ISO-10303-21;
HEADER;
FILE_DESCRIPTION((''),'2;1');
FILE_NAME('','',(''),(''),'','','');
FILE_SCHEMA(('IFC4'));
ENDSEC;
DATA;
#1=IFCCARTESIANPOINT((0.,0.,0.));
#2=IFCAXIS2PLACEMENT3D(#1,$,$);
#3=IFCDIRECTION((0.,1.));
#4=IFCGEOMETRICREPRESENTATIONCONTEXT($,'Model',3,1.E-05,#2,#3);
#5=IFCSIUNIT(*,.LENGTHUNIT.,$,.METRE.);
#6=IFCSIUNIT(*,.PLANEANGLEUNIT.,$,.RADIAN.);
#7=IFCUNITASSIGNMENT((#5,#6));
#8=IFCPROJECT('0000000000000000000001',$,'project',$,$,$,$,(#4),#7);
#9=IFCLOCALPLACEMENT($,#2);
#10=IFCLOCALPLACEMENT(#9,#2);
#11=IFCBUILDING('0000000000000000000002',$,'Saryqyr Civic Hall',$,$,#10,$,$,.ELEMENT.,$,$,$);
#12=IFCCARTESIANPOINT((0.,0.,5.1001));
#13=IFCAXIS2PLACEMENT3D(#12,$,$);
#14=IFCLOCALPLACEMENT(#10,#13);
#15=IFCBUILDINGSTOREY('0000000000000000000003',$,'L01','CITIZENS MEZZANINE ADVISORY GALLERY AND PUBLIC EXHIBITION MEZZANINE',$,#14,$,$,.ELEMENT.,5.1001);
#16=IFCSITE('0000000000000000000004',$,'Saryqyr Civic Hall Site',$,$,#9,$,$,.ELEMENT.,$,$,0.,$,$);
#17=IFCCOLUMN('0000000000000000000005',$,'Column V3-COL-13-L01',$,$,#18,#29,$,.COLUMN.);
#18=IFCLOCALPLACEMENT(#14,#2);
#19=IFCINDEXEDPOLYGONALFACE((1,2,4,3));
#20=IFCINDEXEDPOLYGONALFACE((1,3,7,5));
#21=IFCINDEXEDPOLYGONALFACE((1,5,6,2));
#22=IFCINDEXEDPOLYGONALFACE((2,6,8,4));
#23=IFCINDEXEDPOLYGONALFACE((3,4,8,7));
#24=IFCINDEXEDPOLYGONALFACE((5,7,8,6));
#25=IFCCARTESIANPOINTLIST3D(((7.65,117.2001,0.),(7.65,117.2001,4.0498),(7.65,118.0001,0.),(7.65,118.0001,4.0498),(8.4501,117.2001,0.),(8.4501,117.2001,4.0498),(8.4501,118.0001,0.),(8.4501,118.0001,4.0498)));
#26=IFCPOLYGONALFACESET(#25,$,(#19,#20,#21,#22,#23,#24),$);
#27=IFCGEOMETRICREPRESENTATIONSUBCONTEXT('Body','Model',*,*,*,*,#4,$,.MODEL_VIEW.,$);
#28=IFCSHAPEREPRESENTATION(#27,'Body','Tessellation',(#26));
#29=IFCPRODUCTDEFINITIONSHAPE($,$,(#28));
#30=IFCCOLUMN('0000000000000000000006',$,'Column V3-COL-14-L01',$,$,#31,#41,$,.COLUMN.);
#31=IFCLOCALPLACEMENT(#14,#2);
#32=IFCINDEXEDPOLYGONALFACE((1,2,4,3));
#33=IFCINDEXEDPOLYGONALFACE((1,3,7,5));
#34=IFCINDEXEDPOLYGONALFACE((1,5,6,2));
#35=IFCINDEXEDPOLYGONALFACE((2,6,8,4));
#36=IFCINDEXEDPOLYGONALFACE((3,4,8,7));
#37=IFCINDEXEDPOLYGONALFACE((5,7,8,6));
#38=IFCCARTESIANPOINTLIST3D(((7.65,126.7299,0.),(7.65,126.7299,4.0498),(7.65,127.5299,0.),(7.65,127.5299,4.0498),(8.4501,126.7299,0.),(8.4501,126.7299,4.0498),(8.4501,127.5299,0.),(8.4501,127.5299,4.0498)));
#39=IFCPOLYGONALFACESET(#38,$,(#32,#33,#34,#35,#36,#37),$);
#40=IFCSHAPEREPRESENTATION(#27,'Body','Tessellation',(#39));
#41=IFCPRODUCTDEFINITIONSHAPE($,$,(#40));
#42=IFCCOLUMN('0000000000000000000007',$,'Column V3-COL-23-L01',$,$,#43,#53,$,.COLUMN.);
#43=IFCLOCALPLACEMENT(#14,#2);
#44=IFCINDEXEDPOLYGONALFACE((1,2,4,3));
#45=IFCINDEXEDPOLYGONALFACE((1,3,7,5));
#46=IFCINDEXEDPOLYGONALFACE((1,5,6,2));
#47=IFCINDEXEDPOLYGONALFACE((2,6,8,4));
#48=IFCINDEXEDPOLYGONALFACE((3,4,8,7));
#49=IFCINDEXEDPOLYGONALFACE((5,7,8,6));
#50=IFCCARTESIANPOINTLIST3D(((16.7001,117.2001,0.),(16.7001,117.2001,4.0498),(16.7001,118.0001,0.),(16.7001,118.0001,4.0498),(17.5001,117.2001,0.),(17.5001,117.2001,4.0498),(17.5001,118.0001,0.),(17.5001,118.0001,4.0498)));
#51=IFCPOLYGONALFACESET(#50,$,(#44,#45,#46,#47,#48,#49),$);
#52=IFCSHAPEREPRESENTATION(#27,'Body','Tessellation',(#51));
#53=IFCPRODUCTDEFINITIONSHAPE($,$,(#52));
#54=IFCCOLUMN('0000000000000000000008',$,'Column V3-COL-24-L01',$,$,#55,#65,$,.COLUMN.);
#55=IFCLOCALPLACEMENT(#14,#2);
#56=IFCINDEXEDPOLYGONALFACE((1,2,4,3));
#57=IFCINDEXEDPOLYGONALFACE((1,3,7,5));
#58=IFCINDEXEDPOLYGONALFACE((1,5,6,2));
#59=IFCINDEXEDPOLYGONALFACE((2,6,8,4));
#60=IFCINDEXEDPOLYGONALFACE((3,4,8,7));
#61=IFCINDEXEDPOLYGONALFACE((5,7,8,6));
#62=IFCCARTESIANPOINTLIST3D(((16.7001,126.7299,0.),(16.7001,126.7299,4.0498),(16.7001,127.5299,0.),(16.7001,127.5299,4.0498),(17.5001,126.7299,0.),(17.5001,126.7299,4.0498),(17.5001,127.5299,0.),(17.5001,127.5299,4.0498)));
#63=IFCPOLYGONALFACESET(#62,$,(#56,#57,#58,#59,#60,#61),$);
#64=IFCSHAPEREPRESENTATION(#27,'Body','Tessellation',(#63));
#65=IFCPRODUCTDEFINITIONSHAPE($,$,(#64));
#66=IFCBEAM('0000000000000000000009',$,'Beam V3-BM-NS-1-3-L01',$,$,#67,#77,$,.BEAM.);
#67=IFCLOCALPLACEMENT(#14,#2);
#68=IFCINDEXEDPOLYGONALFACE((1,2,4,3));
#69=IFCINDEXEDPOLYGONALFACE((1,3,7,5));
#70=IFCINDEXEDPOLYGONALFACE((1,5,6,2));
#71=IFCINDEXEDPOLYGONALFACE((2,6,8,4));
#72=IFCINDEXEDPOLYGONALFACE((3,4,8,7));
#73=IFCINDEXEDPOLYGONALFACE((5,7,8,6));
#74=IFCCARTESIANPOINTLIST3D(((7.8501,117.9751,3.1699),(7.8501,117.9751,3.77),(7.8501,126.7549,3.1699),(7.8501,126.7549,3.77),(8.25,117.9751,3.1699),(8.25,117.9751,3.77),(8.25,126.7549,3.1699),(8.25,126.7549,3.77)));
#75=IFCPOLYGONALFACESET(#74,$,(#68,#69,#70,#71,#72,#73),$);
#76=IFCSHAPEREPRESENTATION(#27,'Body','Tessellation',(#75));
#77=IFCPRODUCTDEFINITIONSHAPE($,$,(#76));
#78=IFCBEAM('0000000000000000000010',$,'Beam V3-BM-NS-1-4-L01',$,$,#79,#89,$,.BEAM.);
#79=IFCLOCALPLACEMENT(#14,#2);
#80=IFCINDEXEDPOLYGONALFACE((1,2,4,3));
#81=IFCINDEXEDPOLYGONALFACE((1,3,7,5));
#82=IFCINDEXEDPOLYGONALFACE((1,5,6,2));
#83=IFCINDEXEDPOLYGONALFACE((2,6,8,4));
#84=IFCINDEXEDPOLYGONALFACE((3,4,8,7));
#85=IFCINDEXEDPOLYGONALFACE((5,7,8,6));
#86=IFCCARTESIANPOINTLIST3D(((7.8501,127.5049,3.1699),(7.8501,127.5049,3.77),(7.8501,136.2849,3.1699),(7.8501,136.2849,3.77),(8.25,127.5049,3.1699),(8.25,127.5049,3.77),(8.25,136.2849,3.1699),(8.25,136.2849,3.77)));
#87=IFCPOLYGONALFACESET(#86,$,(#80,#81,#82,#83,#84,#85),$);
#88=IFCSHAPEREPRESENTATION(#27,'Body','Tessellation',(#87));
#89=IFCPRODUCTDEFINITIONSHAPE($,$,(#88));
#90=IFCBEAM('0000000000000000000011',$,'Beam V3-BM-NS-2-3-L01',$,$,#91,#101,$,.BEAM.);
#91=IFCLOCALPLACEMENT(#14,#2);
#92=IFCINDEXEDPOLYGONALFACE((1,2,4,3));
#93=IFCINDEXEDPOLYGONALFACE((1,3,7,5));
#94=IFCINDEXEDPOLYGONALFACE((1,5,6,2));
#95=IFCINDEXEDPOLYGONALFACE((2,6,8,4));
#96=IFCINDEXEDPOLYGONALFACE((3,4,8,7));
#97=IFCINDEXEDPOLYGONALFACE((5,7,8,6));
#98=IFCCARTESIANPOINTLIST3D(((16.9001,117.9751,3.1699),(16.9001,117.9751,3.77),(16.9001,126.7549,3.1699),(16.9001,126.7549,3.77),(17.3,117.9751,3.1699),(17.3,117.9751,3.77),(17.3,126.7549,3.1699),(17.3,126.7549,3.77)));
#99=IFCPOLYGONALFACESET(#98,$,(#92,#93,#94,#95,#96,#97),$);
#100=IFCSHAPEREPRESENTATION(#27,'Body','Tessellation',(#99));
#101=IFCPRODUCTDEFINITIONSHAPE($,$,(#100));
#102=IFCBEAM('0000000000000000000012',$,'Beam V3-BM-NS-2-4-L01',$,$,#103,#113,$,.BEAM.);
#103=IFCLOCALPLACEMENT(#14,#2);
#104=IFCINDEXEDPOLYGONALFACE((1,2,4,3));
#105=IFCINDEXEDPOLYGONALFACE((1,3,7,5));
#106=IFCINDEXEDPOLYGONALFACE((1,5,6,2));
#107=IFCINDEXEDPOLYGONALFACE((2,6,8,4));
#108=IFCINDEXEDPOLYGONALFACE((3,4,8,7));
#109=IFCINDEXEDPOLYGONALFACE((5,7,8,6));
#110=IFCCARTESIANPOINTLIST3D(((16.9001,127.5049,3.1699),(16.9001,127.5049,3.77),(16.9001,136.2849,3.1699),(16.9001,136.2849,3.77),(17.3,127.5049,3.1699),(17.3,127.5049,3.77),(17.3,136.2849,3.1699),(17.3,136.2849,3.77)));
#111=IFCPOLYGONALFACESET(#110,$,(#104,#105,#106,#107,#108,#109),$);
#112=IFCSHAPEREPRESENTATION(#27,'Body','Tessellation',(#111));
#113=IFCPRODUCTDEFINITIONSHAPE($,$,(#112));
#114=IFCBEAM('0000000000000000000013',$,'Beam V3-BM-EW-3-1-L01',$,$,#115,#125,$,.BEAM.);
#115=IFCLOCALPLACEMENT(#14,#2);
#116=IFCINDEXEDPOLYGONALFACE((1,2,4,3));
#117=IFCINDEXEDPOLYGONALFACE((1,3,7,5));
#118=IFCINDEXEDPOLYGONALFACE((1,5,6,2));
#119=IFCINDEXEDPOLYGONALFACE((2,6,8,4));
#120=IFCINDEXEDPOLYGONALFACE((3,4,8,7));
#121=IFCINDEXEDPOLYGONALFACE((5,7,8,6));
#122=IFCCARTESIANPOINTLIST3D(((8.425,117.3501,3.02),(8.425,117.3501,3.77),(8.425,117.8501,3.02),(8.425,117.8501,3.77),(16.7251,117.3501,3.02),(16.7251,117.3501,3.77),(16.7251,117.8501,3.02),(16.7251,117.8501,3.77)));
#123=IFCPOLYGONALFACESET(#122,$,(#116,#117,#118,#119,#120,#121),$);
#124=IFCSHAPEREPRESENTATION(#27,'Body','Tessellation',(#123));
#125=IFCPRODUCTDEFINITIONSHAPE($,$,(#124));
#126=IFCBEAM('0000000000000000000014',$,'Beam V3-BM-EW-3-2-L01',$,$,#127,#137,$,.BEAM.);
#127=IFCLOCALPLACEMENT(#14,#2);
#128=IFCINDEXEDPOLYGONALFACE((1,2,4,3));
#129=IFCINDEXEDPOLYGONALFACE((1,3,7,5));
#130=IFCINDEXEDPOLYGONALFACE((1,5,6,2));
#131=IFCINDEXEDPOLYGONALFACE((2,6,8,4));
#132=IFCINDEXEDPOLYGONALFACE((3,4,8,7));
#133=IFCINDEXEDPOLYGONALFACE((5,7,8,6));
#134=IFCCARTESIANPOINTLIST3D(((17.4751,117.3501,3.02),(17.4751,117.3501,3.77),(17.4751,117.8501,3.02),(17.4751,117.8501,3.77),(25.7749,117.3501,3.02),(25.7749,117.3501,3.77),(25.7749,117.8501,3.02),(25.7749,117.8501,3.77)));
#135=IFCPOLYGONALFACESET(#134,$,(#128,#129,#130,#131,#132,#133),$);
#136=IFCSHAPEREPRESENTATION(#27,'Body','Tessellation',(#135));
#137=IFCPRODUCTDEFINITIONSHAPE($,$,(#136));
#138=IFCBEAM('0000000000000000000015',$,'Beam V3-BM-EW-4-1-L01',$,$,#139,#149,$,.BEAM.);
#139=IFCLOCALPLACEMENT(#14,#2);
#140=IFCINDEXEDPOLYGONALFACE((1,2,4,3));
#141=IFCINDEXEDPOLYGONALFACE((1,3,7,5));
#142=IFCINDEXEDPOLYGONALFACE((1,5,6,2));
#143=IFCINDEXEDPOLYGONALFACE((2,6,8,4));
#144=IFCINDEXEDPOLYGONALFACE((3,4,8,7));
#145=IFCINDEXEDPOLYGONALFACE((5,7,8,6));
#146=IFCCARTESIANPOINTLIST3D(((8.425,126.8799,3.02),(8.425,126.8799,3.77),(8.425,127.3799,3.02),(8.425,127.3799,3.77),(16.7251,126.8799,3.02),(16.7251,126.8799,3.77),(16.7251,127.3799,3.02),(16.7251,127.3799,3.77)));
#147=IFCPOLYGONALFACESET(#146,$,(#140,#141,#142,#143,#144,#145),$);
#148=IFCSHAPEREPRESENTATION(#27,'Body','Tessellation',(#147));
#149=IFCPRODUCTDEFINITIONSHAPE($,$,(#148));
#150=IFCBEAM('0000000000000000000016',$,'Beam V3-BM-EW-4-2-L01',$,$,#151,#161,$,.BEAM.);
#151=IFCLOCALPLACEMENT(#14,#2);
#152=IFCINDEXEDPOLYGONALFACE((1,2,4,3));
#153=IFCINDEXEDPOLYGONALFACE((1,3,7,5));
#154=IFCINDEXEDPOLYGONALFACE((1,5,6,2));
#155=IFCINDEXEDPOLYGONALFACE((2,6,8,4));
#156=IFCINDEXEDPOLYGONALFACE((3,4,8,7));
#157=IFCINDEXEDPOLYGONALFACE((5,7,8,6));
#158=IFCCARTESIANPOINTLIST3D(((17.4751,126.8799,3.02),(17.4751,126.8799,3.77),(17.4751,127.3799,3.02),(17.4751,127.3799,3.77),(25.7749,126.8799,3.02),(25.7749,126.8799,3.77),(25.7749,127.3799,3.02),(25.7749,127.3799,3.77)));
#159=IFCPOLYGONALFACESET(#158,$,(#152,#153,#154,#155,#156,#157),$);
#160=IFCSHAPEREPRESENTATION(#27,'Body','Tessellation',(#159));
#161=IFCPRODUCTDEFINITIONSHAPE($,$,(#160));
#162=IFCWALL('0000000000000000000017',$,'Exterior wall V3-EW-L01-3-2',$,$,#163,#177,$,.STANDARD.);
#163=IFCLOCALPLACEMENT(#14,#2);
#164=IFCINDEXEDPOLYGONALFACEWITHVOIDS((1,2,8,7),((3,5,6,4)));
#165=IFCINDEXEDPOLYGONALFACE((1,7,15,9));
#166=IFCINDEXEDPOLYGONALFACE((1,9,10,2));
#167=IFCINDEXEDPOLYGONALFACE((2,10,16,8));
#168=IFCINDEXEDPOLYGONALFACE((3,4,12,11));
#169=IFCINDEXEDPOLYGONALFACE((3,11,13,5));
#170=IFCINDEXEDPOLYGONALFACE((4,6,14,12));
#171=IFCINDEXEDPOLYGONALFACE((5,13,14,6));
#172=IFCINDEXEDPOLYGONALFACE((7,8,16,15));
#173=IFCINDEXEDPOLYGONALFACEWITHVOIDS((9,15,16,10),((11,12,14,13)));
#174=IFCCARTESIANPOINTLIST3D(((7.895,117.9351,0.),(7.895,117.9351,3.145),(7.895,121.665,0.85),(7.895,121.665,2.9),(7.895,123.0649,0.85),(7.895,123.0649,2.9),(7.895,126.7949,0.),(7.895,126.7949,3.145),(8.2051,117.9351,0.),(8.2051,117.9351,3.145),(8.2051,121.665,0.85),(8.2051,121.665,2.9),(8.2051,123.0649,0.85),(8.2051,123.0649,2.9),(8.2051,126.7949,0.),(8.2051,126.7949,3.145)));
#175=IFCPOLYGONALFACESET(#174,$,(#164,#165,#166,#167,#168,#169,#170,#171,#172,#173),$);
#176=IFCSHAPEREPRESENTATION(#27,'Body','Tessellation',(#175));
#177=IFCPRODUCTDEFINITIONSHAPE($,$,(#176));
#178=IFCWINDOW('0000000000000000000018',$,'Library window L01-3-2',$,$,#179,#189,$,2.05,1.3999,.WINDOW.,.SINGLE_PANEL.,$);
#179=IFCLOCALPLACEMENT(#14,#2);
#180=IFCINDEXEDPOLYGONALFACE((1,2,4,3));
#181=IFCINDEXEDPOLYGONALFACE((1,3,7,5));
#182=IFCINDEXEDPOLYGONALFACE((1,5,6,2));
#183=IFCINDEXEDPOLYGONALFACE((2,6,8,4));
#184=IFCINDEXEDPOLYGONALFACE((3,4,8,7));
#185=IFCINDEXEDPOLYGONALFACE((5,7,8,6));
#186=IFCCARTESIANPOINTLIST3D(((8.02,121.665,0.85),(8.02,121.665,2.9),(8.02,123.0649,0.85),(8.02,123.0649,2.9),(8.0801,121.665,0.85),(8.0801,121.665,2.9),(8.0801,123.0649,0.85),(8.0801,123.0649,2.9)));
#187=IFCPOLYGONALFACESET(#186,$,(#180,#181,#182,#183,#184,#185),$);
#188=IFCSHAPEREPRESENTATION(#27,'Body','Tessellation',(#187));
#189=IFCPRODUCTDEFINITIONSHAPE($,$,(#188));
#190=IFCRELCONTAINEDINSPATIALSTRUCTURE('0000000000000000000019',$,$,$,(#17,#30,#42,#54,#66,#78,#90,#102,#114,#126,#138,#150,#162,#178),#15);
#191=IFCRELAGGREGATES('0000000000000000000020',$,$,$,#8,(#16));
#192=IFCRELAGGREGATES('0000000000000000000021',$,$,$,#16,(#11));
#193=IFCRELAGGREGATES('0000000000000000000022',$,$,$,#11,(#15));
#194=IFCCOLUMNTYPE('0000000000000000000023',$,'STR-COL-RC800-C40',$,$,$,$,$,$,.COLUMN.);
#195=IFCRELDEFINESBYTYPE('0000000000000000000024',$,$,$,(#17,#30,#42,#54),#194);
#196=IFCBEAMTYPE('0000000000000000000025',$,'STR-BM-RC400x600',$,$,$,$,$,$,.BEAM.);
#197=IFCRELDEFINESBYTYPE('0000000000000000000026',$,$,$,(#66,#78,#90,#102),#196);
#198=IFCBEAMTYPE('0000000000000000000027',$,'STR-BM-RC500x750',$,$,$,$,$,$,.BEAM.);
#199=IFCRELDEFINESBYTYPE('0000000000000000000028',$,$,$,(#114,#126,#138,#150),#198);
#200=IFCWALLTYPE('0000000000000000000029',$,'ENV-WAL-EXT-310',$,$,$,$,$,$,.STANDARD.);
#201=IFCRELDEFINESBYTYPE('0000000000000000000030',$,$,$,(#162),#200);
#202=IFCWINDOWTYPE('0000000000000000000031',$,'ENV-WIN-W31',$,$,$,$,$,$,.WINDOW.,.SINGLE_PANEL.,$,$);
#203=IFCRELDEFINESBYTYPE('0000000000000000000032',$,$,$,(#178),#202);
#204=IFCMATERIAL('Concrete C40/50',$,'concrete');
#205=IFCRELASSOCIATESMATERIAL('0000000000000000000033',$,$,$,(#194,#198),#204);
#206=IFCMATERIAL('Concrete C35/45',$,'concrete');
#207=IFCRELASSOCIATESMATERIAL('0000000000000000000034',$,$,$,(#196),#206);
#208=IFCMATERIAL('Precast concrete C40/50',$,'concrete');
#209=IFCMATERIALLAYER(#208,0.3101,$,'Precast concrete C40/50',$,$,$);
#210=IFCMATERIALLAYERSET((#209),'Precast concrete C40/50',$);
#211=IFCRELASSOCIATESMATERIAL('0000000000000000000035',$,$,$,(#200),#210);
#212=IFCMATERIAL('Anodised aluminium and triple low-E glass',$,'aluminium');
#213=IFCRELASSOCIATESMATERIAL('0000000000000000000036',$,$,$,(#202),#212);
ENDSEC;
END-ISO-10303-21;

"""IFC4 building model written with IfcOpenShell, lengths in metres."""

from ifc_helpers import new_model, si_unit, direction, frame, frame_2d, origin, origin_2d, place, context, subcontext, project, spatial, rectangle, extrude, material, layer, layer_set, material_profile, profile_set, type_object, element, fill, save


model = new_model("IFC4")

# Units and contexts
model_context = context("Model", 3, precision=1e-05, world=origin(), true_north=direction((0.0, 1.0)))
body_context = subcontext(model_context, "Body", "Model", "MODEL_VIEW")
ifc_project = project(units=[si_unit("LENGTHUNIT", "METRE"), si_unit("PLANEANGLEUNIT", "RADIAN")], contexts=[model_context])

# Site, building, storey
site_placement = place(None, origin())
site = spatial("IfcSite", under=ifc_project, at=site_placement, Name="Saryqyr Civic Hall Site", CompositionType="ELEMENT", RefElevation=0.0)
building_placement = place(site_placement, origin())
building = spatial("IfcBuilding", under=site, at=building_placement, Name="Saryqyr Civic Hall", CompositionType="ELEMENT")
storey_placement = place(building_placement, frame((0.0, 0.0, 5.1001)))
storey = spatial("IfcBuildingStorey", under=building, at=storey_placement, Name="L01", Description="CITIZENS MEZZANINE ADVISORY GALLERY AND PUBLIC EXHIBITION MEZZANINE", CompositionType="ELEMENT", Elevation=5.1001)

# Columns
ifc_material_1 = material(Name="Concrete C40/50", Category="concrete")
ifc_material_profile_1 = material_profile(ifc_material_1, rectangle(XDim=0.8, YDim=0.8, at=origin_2d()), Name="RC 800x800")
ifc_profile_set_1 = profile_set([ifc_material_profile_1], Name="Concrete C40/50")
column_type = type_object("IfcColumnType", Name="STR-COL-RC800-C40", PredefinedType="COLUMN", material=ifc_profile_set_1)
for number, where, z_axis, x_axis, name in (
    (1, (8.05, 117.6001, 0.0), (0.0, 0.0, 1.0), (1.0, 0.0, 0.0), "Column V3-COL-13-L01"),
    (2, (8.05, 127.1299, 0.0), (0.0, 0.0, 1.0), (1.0, 0.0, 0.0), "Column V3-COL-14-L01"),
    (3, (17.1001, 117.6001, 0.0), (0.0, 0.0, 1.0), (1.0, 0.0, 0.0), "Column V3-COL-23-L01"),
    (4, (17.1001, 127.1299, 0.0), (0.0, 0.0, 1.0), (1.0, 0.0, 0.0), "Column V3-COL-24-L01"),
):
    element("IfcColumn", number, at=place(storey_placement, frame(where, z_axis=z_axis, x_axis=x_axis)), inside=storey, type_object=column_type, Name=name, PredefinedType="COLUMN", context=body_context, shape_type="SweptSolid", body=[
        extrude(rectangle(XDim=0.8, YDim=0.8, at=origin_2d()), origin(), (0.0, 0.0, 1.0), 4.0498),
    ])

# Beams
ifc_material_2 = material(Name="Concrete C35/45", Category="concrete")
ifc_material_profile_2 = material_profile(ifc_material_2, rectangle(XDim=0.3999, YDim=0.6001, at=origin_2d()), Name="RC 400x600")
ifc_profile_set_2 = profile_set([ifc_material_profile_2], Name="Concrete C35/45")
beam_type_1 = type_object("IfcBeamType", Name="STR-BM-RC400x600", PredefinedType="BEAM", material=ifc_profile_set_2)
beam_1_placement = place(storey_placement, frame((8.05, 117.9751, 3.47), z_axis=(0.0, 1.0, 0.0), x_axis=(-1.0, 0.0, 0.0)))
element("IfcBeam", 5, at=beam_1_placement, inside=storey, type_object=beam_type_1, Name="Beam V3-BM-NS-1-3-L01", PredefinedType="BEAM", context=body_context, shape_type="SweptSolid", body=[
    extrude(rectangle(XDim=0.3999, YDim=0.6001, at=origin_2d()), origin(), (0.0, 0.0, 1.0), 8.7798),
])
beam_2_placement = place(storey_placement, frame((8.05, 127.5049, 3.47), z_axis=(0.0, 1.0, 0.0), x_axis=(-1.0, 0.0, 0.0)))
element("IfcBeam", 6, at=beam_2_placement, inside=storey, type_object=beam_type_1, Name="Beam V3-BM-NS-1-4-L01", PredefinedType="BEAM", context=body_context, shape_type="SweptSolid", body=[
    extrude(rectangle(XDim=0.3999, YDim=0.6001, at=origin_2d()), origin(), (0.0, 0.0, 1.0), 8.78),
])
beam_3_placement = place(storey_placement, frame((17.1001, 117.9751, 3.47), z_axis=(0.0, 1.0, 0.0), x_axis=(-1.0, 0.0, 0.0)))
element("IfcBeam", 7, at=beam_3_placement, inside=storey, type_object=beam_type_1, Name="Beam V3-BM-NS-2-3-L01", PredefinedType="BEAM", context=body_context, shape_type="SweptSolid", body=[
    extrude(rectangle(XDim=0.3999, YDim=0.6001, at=origin_2d()), origin(), (0.0, 0.0, 1.0), 8.7798),
])
beam_4_placement = place(storey_placement, frame((17.1001, 127.5049, 3.47), z_axis=(0.0, 1.0, 0.0), x_axis=(-1.0, 0.0, 0.0)))
element("IfcBeam", 8, at=beam_4_placement, inside=storey, type_object=beam_type_1, Name="Beam V3-BM-NS-2-4-L01", PredefinedType="BEAM", context=body_context, shape_type="SweptSolid", body=[
    extrude(rectangle(XDim=0.3999, YDim=0.6001, at=origin_2d()), origin(), (0.0, 0.0, 1.0), 8.78),
])
ifc_material_profile_3 = material_profile(ifc_material_1, rectangle(XDim=0.5, YDim=0.75, at=origin_2d()), Name="RC 500x750")
ifc_profile_set_3 = profile_set([ifc_material_profile_3], Name="Concrete C40/50")
beam_type_2 = type_object("IfcBeamType", Name="STR-BM-RC500x750", PredefinedType="BEAM", material=ifc_profile_set_3)
beam_5_placement = place(storey_placement, frame((8.425, 117.6001, 3.395), z_axis=(1.0, 0.0, 0.0), x_axis=(0.0, 1.0, 0.0)))
element("IfcBeam", 9, at=beam_5_placement, inside=storey, type_object=beam_type_2, Name="Beam V3-BM-EW-3-1-L01", PredefinedType="BEAM", context=body_context, shape_type="SweptSolid", body=[
    extrude(rectangle(XDim=0.5, YDim=0.75, at=origin_2d()), origin(), (0.0, 0.0, 1.0), 8.3),
])
beam_6_placement = place(storey_placement, frame((17.4751, 117.6001, 3.395), z_axis=(1.0, 0.0, 0.0), x_axis=(0.0, 1.0, 0.0)))
element("IfcBeam", 10, at=beam_6_placement, inside=storey, type_object=beam_type_2, Name="Beam V3-BM-EW-3-2-L01", PredefinedType="BEAM", context=body_context, shape_type="SweptSolid", body=[
    extrude(rectangle(XDim=0.5, YDim=0.75, at=origin_2d()), origin(), (0.0, 0.0, 1.0), 8.2998),
])
beam_7_placement = place(storey_placement, frame((8.425, 127.1299, 3.395), z_axis=(1.0, 0.0, 0.0), x_axis=(0.0, 1.0, 0.0)))
element("IfcBeam", 11, at=beam_7_placement, inside=storey, type_object=beam_type_2, Name="Beam V3-BM-EW-4-1-L01", PredefinedType="BEAM", context=body_context, shape_type="SweptSolid", body=[
    extrude(rectangle(XDim=0.5, YDim=0.75, at=origin_2d()), origin(), (0.0, 0.0, 1.0), 8.3),
])
beam_8_placement = place(storey_placement, frame((17.4751, 127.1299, 3.395), z_axis=(1.0, 0.0, 0.0), x_axis=(0.0, 1.0, 0.0)))
element("IfcBeam", 12, at=beam_8_placement, inside=storey, type_object=beam_type_2, Name="Beam V3-BM-EW-4-2-L01", PredefinedType="BEAM", context=body_context, shape_type="SweptSolid", body=[
    extrude(rectangle(XDim=0.5, YDim=0.75, at=origin_2d()), origin(), (0.0, 0.0, 1.0), 8.2998),
])

# Wall, opening, window
ifc_material_3 = material(Name="Precast concrete C40/50", Category="concrete")
ifc_layer_1 = layer(ifc_material_3, 0.3101, Name="Precast concrete C40/50")
ifc_layer_set_1 = layer_set([ifc_layer_1], Name="Precast concrete C40/50")
wall_type_1 = type_object("IfcWallType", Name="ENV-WAL-EXT-310", PredefinedType="STANDARD", material=ifc_layer_set_1)
wall_1_placement = place(storey_placement, frame((8.05, 117.9351, 0.0), z_axis=(0.0, 0.0, 1.0), x_axis=(0.0, 1.0, 0.0)))
wall_1 = element("IfcWall", 13, at=wall_1_placement, inside=storey, type_object=wall_type_1, Name="Exterior wall V3-EW-L01-3-2", PredefinedType="STANDARD", context=body_context, shape_type="SweptSolid", body=[
    extrude(rectangle(XDim=8.8599, YDim=0.3101, at=frame_2d((4.4299, 0.0))), origin(), (0.0, 0.0, 1.0), 3.145),
])
opening_1_placement = place(wall_1_placement, frame((3.73, 0.0, 0.8501)))
opening_1 = element("IfcOpeningElement", 14, at=opening_1_placement, cuts=wall_1, PredefinedType="OPENING", context=body_context, shape_type="SweptSolid", body=[
    extrude(rectangle(XDim=1.3999, YDim=2.05, at=frame_2d((0.7, 1.0249))), frame((0.0, 0.165, 0.0), z_axis=(0.0, -1.0, 0.0), x_axis=(1.0, 0.0, 0.0)), (0.0, 0.0, 1.0), 0.3301),
])
ifc_material_4 = material(Name="Anodised aluminium and triple low-E glass", Category="aluminium")
window_type_1 = type_object("IfcWindowType", Name="ENV-WIN-W31", PartitioningType="SINGLE_PANEL", PredefinedType="WINDOW", material=ifc_material_4)
window_1_placement = place(opening_1_placement, origin())
window_1 = element("IfcWindow", 15, at=window_1_placement, inside=storey, type_object=window_type_1, Name="Library window L01-3-2", OverallHeight=2.05, OverallWidth=1.3999, PartitioningType="SINGLE_PANEL", PredefinedType="WINDOW", context=body_context, shape_type="SweptSolid", body=[
    extrude(rectangle(XDim=1.3999, YDim=2.05, at=frame_2d((0.7, 1.0249))), frame((0.0, 0.03, 0.0), z_axis=(0.0, -1.0, 0.0), x_axis=(1.0, 0.0, 0.0)), (0.0, 0.0, 1.0), 0.0601),
])
fill(opening_1, window_1)

save(model, "model.ifc")
